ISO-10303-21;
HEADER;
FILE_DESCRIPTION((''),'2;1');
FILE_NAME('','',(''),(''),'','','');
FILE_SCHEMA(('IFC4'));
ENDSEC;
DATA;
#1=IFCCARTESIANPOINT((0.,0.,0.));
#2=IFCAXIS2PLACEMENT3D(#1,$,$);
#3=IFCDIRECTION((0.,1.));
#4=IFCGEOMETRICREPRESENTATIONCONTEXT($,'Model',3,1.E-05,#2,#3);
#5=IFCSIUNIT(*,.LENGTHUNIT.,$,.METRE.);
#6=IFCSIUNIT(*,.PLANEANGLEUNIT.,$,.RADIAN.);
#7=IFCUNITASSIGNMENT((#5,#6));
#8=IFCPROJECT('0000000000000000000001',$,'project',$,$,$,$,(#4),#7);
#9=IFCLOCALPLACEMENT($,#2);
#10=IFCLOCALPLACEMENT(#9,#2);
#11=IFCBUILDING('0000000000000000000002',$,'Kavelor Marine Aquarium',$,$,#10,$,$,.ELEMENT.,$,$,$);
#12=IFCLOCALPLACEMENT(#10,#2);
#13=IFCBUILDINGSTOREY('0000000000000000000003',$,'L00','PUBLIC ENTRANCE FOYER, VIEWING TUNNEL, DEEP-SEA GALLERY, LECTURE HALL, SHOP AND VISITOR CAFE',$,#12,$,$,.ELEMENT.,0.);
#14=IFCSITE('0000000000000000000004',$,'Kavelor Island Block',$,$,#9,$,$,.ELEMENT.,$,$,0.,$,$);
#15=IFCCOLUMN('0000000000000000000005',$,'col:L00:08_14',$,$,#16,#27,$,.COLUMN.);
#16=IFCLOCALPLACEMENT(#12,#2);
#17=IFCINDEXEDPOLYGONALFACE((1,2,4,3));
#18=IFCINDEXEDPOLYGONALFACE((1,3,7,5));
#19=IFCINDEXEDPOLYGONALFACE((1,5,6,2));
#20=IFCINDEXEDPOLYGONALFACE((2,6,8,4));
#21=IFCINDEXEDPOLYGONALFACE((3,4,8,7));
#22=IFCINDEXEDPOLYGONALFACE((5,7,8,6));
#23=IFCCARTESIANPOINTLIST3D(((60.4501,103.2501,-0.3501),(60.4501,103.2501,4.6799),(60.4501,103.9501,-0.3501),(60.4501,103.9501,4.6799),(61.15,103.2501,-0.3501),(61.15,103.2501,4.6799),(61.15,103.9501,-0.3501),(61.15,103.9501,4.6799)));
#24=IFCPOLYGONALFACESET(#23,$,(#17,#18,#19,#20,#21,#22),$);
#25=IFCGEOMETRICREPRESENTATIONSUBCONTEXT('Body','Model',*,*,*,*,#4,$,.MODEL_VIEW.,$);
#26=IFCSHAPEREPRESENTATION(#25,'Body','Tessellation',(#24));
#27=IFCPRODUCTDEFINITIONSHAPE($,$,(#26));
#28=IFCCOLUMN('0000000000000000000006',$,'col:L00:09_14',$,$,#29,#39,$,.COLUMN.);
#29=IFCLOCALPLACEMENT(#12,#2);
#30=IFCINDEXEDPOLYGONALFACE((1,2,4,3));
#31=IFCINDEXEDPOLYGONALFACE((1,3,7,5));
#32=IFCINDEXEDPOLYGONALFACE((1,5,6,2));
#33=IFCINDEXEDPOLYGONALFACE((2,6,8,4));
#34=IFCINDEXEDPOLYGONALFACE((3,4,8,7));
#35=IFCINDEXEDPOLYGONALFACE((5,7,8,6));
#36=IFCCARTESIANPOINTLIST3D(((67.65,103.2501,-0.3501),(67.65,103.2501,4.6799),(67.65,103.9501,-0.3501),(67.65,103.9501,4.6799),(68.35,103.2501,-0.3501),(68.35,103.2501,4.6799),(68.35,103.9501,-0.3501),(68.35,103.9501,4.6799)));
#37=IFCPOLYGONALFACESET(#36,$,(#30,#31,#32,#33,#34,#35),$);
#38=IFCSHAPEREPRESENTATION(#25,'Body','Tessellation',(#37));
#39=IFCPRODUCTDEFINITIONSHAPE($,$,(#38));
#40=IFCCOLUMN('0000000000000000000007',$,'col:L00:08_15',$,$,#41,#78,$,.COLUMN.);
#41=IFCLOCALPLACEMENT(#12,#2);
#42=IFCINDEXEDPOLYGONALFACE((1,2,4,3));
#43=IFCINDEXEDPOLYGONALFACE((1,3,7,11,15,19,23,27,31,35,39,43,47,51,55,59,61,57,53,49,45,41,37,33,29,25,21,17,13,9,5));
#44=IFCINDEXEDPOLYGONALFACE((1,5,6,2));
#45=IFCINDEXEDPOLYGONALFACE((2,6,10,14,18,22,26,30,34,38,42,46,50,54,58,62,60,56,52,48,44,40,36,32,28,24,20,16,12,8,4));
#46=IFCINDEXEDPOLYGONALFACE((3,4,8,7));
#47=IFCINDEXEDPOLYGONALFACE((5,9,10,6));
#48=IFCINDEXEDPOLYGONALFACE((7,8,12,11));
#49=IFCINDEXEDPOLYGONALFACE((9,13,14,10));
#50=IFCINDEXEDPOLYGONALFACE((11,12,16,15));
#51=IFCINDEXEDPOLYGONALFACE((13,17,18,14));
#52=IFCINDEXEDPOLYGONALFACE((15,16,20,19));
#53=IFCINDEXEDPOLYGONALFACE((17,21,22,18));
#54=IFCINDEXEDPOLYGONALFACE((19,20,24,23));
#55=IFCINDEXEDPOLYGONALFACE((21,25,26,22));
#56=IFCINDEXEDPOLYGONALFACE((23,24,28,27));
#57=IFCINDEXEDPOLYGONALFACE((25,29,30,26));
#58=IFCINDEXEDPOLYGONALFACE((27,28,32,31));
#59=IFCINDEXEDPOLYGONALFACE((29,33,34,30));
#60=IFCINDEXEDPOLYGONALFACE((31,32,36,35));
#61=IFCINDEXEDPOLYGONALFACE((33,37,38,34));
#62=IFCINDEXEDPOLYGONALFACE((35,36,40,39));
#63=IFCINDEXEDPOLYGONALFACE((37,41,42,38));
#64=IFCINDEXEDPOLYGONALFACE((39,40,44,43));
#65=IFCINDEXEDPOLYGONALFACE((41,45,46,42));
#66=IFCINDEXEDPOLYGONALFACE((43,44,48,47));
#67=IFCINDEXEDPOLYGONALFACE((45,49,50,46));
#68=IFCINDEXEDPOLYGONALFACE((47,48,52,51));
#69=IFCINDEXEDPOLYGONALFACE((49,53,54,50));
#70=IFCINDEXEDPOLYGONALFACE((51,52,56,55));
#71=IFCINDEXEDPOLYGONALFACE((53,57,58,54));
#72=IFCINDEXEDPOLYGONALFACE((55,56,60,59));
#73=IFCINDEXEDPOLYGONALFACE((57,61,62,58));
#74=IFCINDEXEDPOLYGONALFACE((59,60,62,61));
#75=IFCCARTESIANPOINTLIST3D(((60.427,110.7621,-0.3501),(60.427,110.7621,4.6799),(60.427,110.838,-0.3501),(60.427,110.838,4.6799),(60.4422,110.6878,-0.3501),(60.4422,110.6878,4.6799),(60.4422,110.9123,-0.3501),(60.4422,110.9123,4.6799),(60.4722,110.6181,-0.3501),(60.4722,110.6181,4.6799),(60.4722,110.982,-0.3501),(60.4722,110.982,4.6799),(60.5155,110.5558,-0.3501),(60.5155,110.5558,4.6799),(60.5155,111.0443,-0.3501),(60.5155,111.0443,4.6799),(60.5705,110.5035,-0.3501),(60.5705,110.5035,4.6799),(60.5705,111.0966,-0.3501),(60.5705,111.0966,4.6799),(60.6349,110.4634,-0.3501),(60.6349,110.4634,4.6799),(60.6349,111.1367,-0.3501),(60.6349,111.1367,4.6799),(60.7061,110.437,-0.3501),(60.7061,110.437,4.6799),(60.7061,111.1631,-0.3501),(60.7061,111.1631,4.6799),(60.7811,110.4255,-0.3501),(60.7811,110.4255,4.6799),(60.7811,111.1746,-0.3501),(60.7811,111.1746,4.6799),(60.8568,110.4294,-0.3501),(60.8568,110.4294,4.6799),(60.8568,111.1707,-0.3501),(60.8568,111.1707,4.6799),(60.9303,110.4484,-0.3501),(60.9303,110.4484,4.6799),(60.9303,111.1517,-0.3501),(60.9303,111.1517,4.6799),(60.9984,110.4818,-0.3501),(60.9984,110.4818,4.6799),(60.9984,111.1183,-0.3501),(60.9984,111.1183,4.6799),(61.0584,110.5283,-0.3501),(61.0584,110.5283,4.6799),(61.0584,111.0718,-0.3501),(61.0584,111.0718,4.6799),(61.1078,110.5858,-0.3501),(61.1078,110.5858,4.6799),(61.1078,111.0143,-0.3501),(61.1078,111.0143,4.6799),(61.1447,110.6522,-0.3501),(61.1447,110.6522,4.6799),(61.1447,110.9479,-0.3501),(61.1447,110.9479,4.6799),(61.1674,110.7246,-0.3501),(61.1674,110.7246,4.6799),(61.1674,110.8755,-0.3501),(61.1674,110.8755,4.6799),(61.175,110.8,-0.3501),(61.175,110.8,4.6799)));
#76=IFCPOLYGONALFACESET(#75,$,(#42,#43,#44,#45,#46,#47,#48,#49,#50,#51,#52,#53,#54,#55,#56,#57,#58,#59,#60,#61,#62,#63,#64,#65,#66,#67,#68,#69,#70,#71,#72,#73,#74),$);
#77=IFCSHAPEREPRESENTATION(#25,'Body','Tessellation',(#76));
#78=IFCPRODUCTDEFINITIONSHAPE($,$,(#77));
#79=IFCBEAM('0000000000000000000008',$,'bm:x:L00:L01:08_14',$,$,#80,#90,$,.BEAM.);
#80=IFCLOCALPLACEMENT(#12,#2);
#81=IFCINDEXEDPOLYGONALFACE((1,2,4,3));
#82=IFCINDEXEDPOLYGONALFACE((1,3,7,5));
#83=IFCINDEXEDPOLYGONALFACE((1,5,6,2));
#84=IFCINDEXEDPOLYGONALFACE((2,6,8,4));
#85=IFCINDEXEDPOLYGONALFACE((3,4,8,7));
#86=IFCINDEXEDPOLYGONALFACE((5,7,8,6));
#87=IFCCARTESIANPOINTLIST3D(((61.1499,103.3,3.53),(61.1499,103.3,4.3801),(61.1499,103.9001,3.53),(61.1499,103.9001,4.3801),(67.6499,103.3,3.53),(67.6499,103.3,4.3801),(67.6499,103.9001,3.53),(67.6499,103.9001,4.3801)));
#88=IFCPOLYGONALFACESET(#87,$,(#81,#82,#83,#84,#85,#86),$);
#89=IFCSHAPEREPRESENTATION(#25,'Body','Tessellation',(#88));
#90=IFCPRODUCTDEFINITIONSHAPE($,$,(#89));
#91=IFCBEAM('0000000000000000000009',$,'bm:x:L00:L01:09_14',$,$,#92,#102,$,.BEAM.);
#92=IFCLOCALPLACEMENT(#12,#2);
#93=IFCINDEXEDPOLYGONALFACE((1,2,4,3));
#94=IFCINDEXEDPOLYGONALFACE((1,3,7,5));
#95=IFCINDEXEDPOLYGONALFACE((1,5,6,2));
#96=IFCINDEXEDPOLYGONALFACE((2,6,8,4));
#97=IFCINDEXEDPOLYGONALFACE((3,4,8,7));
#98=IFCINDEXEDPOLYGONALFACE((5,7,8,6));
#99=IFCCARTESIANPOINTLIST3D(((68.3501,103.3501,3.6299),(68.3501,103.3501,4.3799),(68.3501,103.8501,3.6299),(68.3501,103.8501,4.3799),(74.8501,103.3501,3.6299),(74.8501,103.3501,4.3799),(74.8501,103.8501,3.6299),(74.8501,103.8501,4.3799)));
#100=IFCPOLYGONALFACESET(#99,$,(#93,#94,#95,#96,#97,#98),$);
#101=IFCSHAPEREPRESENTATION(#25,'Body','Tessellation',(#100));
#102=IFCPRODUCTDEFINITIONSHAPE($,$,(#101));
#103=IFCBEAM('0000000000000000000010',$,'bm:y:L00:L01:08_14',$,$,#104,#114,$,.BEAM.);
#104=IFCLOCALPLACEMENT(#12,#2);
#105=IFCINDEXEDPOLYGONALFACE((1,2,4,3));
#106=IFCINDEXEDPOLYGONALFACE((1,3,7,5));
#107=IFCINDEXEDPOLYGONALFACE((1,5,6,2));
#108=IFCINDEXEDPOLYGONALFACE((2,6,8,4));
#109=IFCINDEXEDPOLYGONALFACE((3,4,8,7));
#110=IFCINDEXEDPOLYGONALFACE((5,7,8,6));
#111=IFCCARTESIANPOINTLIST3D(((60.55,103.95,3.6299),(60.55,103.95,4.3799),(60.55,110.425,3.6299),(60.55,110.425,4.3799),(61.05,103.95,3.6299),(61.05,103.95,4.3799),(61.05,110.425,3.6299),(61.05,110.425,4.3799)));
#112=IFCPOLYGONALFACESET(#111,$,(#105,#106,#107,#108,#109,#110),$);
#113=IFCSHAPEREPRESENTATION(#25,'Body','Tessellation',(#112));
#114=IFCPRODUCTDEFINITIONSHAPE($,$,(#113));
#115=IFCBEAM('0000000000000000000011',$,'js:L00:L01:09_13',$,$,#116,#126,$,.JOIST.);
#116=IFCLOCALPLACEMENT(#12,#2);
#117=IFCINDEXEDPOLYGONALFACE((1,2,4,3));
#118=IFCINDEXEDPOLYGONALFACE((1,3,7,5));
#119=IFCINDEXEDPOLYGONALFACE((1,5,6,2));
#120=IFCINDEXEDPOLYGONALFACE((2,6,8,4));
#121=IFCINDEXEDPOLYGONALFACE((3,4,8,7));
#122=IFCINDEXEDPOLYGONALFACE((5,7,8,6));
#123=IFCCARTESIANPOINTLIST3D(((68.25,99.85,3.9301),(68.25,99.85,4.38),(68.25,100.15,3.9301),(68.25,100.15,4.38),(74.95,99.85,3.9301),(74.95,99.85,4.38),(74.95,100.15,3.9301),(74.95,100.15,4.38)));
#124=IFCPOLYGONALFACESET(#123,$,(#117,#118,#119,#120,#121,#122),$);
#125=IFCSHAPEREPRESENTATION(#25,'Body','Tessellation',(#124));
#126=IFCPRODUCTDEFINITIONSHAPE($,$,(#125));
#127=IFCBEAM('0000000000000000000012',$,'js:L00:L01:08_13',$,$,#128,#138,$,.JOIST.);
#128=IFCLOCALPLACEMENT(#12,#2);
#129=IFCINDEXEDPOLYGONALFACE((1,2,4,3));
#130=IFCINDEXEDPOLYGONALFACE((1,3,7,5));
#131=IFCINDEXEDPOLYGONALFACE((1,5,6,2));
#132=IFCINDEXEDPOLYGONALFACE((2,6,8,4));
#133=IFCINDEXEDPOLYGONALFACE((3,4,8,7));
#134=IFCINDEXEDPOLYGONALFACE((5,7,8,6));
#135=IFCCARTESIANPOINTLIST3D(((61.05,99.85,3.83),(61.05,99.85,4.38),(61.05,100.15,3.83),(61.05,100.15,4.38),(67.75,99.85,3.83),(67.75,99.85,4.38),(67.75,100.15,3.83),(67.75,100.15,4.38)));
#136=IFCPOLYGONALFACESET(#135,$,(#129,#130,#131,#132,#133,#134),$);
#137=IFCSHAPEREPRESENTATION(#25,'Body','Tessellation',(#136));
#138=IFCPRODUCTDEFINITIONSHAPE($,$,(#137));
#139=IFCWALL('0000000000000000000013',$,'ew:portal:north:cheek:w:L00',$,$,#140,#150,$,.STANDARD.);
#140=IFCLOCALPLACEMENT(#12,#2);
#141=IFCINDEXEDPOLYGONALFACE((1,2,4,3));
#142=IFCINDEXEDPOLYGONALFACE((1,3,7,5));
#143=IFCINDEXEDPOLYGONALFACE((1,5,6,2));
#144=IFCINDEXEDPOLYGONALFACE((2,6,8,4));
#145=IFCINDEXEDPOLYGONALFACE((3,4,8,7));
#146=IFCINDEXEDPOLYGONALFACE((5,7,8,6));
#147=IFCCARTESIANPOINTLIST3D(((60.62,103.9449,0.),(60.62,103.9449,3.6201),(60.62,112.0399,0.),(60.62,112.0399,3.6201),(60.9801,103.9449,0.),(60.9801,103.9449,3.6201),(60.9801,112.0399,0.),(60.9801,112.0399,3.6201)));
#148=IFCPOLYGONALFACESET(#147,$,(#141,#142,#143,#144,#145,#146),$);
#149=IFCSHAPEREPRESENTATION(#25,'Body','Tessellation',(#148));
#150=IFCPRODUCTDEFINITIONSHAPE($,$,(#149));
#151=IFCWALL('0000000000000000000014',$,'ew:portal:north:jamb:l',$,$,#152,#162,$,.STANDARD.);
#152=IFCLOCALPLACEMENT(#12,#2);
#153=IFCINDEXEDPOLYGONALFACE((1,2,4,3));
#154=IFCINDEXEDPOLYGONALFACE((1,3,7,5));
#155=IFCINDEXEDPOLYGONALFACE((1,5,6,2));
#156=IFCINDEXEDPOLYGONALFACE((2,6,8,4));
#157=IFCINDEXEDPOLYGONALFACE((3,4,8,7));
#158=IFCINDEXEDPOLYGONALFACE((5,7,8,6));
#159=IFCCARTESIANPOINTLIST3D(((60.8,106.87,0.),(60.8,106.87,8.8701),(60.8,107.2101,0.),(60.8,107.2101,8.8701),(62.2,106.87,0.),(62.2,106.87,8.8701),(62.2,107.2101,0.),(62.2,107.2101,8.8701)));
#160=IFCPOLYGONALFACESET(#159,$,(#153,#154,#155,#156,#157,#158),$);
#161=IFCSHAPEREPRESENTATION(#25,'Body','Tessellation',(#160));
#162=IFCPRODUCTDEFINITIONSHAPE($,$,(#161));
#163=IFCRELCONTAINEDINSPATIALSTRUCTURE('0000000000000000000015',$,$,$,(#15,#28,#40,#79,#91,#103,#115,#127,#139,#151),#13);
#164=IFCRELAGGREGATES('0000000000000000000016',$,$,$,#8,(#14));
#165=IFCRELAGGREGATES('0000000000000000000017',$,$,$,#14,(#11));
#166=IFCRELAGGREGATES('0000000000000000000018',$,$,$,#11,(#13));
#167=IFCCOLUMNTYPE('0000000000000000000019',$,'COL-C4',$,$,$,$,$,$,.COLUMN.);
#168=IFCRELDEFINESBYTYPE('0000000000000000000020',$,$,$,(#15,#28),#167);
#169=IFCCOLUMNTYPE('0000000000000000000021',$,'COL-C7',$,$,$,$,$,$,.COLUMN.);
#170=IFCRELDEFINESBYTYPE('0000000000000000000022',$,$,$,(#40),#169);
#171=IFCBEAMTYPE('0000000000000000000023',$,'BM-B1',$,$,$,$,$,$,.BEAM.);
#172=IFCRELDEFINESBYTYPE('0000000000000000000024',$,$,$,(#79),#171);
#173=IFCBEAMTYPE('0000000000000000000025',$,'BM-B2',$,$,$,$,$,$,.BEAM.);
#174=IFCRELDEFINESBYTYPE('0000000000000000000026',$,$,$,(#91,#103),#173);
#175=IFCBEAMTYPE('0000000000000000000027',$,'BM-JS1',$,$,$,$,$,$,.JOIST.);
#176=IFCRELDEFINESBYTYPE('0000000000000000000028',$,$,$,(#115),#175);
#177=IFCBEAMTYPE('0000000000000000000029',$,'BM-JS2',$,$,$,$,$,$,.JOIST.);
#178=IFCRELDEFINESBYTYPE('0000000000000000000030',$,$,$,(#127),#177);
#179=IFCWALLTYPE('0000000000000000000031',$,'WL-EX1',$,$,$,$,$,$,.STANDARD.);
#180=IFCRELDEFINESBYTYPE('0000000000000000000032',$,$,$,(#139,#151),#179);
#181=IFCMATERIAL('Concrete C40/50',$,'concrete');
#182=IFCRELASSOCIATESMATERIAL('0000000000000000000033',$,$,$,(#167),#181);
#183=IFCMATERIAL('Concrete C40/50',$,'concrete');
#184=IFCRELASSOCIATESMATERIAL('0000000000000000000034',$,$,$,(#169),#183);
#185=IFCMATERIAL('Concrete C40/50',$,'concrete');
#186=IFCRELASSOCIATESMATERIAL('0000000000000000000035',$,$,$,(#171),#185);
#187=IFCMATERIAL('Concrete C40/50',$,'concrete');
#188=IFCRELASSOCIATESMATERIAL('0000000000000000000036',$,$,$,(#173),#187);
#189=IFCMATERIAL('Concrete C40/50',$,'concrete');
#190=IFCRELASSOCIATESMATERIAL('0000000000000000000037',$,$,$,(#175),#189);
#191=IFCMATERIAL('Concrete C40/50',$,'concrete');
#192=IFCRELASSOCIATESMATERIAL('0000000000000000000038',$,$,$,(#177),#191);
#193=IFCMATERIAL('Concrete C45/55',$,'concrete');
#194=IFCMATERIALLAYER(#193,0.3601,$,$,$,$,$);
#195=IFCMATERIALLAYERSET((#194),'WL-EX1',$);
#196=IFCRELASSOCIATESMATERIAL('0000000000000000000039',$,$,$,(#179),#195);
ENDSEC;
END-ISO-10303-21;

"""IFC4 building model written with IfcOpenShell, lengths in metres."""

from ifc_helpers import new_model, si_unit, direction, frame, frame_2d, origin, origin_2d, place, context, subcontext, project, spatial, rectangle, circle, extrude, material, layer, layer_set, material_profile, profile_set, type_object, element, save


model = new_model("IFC4")

# Units and contexts
model_context = context("Model", 3, precision=1e-05, world=origin(), true_north=direction((0.0, 1.0)))
body_context = subcontext(model_context, "Body", "Model", "MODEL_VIEW")
ifc_project = project(units=[si_unit("LENGTHUNIT", "METRE"), si_unit("PLANEANGLEUNIT", "RADIAN")], contexts=[model_context])

# Site, building, storey
site_placement = place(None, origin())
site = spatial("IfcSite", under=ifc_project, at=site_placement, Name="Kavelor Island Block", CompositionType="ELEMENT", RefElevation=0.0)
building_placement = place(site_placement, origin())
building = spatial("IfcBuilding", under=site, at=building_placement, Name="Kavelor Marine Aquarium", CompositionType="ELEMENT")
storey_placement = place(building_placement, origin())
storey = spatial("IfcBuildingStorey", under=building, at=storey_placement, Name="L00", Description="PUBLIC ENTRANCE FOYER, VIEWING TUNNEL, DEEP-SEA GALLERY, LECTURE HALL, SHOP AND VISITOR CAFE", CompositionType="ELEMENT", Elevation=0.0)

# Columns
ifc_material_1 = material(Name="Concrete C40/50", Category="concrete")
ifc_material_profile_1 = material_profile(ifc_material_1, rectangle(XDim=0.7, YDim=0.7, at=origin_2d()), Name="RC-COL 700x700")
ifc_profile_set_1 = profile_set([ifc_material_profile_1], Name="Concrete C40/50")
column_type_1 = type_object("IfcColumnType", Name="COL-C4", PredefinedType="COLUMN", material=ifc_profile_set_1)
for number, where, z_axis, x_axis, name in (
    (1, (60.8, 103.6001, -0.3501), (0.0, 0.0, 1.0), (1.0, 0.0, 0.0), "col:L00:08_14"),
    (2, (68.0, 103.6001, -0.3501), (0.0, 0.0, 1.0), (1.0, 0.0, 0.0), "col:L00:09_14"),
):
    element("IfcColumn", number, at=place(storey_placement, frame(where, z_axis=z_axis, x_axis=x_axis)), inside=storey, type_object=column_type_1, Name=name, PredefinedType="COLUMN", context=body_context, shape_type="SweptSolid", body=[
        extrude(rectangle(XDim=0.7, YDim=0.7, at=origin_2d()), origin(), (0.0, 0.0, 1.0), 5.03),
    ])
ifc_material_2 = material(Name="Concrete C40/50", Category="concrete")
ifc_material_profile_2 = material_profile(ifc_material_2, circle(Radius=0.375, at=origin_2d()), Name="RC-COL D750")
ifc_profile_set_2 = profile_set([ifc_material_profile_2], Name="Concrete C40/50")
column_type_2 = type_object("IfcColumnType", Name="COL-C7", PredefinedType="COLUMN", material=ifc_profile_set_2)
column_placement = place(storey_placement, frame((60.8, 110.8, -0.3501), z_axis=(0.0, 0.0, 1.0), x_axis=(1.0, 0.0, 0.0)))
element("IfcColumn", 3, at=column_placement, inside=storey, type_object=column_type_2, Name="col:L00:08_15", PredefinedType="COLUMN", context=body_context, shape_type="SweptSolid", body=[
    extrude(circle(Radius=0.375, at=origin_2d()), origin(), (0.0, 0.0, 1.0), 5.03),
])

# Beams
ifc_material_3 = material(Name="Concrete C40/50", Category="concrete")
ifc_material_profile_3 = material_profile(ifc_material_3, rectangle(XDim=0.6001, YDim=0.8501, at=origin_2d()), Name="RC-BM 600x850")
ifc_profile_set_3 = profile_set([ifc_material_profile_3], Name="Concrete C40/50")
beam_type_1 = type_object("IfcBeamType", Name="BM-B1", PredefinedType="BEAM", material=ifc_profile_set_3)
beam_1_placement = place(storey_placement, frame((61.1499, 103.6001, 3.9551), z_axis=(1.0, 0.0, 0.0), x_axis=(0.0, 1.0, 0.0)))
element("IfcBeam", 4, at=beam_1_placement, inside=storey, type_object=beam_type_1, Name="bm:x:L00:L01:08_14", PredefinedType="BEAM", context=body_context, shape_type="SweptSolid", body=[
    extrude(rectangle(XDim=0.6001, YDim=0.8501, at=origin_2d()), origin(), (0.0, 0.0, 1.0), 6.5),
])
ifc_material_4 = material(Name="Concrete C40/50", Category="concrete")
ifc_material_profile_4 = material_profile(ifc_material_4, rectangle(XDim=0.5, YDim=0.75, at=origin_2d()), Name="RC-BM 500x750")
ifc_profile_set_4 = profile_set([ifc_material_profile_4], Name="Concrete C40/50")
beam_type_2 = type_object("IfcBeamType", Name="BM-B2", PredefinedType="BEAM", material=ifc_profile_set_4)
beam_2_placement = place(storey_placement, frame((68.3501, 103.6001, 4.0049), z_axis=(1.0, 0.0, 0.0), x_axis=(0.0, 1.0, 0.0)))
element("IfcBeam", 5, at=beam_2_placement, inside=storey, type_object=beam_type_2, Name="bm:x:L00:L01:09_14", PredefinedType="BEAM", context=body_context, shape_type="SweptSolid", body=[
    extrude(rectangle(XDim=0.5, YDim=0.75, at=origin_2d()), origin(), (0.0, 0.0, 1.0), 6.5),
])
beam_3_placement = place(storey_placement, frame((60.8, 103.95, 4.0049), z_axis=(0.0, 1.0, 0.0), x_axis=(-1.0, 0.0, 0.0)))
element("IfcBeam", 6, at=beam_3_placement, inside=storey, type_object=beam_type_2, Name="bm:y:L00:L01:08_14", PredefinedType="BEAM", context=body_context, shape_type="SweptSolid", body=[
    extrude(rectangle(XDim=0.5, YDim=0.75, at=origin_2d()), origin(), (0.0, 0.0, 1.0), 6.4751),
])
ifc_material_5 = material(Name="Concrete C40/50", Category="concrete")
ifc_material_profile_5 = material_profile(ifc_material_5, rectangle(XDim=0.3, YDim=0.45, at=origin_2d()), Name="RC-JS 300x450")
ifc_profile_set_5 = profile_set([ifc_material_profile_5], Name="Concrete C40/50")
beam_type_3 = type_object("IfcBeamType", Name="BM-JS1", PredefinedType="JOIST", material=ifc_profile_set_5)
beam_4_placement = place(storey_placement, frame((68.25, 100.0, 4.155), z_axis=(1.0, 0.0, 0.0), x_axis=(0.0, 1.0, 0.0)))
element("IfcBeam", 7, at=beam_4_placement, inside=storey, type_object=beam_type_3, Name="js:L00:L01:09_13", PredefinedType="JOIST", context=body_context, shape_type="SweptSolid", body=[
    extrude(rectangle(XDim=0.3, YDim=0.45, at=origin_2d()), origin(), (0.0, 0.0, 1.0), 6.7),
])
ifc_material_6 = material(Name="Concrete C40/50", Category="concrete")
ifc_material_profile_6 = material_profile(ifc_material_6, rectangle(XDim=0.3, YDim=0.55, at=origin_2d()), Name="RC-JS 300x550")
ifc_profile_set_6 = profile_set([ifc_material_profile_6], Name="Concrete C40/50")
beam_type_4 = type_object("IfcBeamType", Name="BM-JS2", PredefinedType="JOIST", material=ifc_profile_set_6)
beam_5_placement = place(storey_placement, frame((61.05, 100.0, 4.105), z_axis=(1.0, 0.0, 0.0), x_axis=(0.0, 1.0, 0.0)))
element("IfcBeam", 8, at=beam_5_placement, inside=storey, type_object=beam_type_4, Name="js:L00:L01:08_13", PredefinedType="JOIST", context=body_context, shape_type="SweptSolid", body=[
    extrude(rectangle(XDim=0.3, YDim=0.55, at=origin_2d()), origin(), (0.0, 0.0, 1.0), 6.7),
])

# Walls
ifc_material_7 = material(Name="Concrete C45/55", Category="concrete")
ifc_layer_1 = layer(ifc_material_7, 0.3601)
ifc_layer_set_1 = layer_set([ifc_layer_1], Name="WL-EX1")
wall_type_1 = type_object("IfcWallType", Name="WL-EX1", PredefinedType="STANDARD", material=ifc_layer_set_1)
wall_1_placement = place(storey_placement, frame((60.8, 103.9451, 0.0), z_axis=(0.0, 0.0, 1.0), x_axis=(0.0, 1.0, 0.0)))
element("IfcWall", 9, at=wall_1_placement, inside=storey, type_object=wall_type_1, Name="ew:portal:north:cheek:w:L00", PredefinedType="STANDARD", context=body_context, shape_type="SweptSolid", body=[
    extrude(rectangle(XDim=8.095, YDim=0.3601, at=frame_2d((4.0474, 0.0))), origin(), (0.0, 0.0, 1.0), 3.6201),
])
wall_2_placement = place(storey_placement, frame((60.8, 107.04, 0.0), z_axis=(0.0, 0.0, 1.0), x_axis=(1.0, 0.0, 0.0)))
element("IfcWall", 10, at=wall_2_placement, inside=storey, type_object=wall_type_1, Name="ew:portal:north:jamb:l", PredefinedType="STANDARD", context=body_context, shape_type="SweptSolid", body=[
    extrude(rectangle(XDim=1.3999, YDim=0.3401, at=frame_2d((0.7, 0.0))), origin(), (0.0, 0.0, 1.0), 8.8701),
])

save(model, "model.ifc")
